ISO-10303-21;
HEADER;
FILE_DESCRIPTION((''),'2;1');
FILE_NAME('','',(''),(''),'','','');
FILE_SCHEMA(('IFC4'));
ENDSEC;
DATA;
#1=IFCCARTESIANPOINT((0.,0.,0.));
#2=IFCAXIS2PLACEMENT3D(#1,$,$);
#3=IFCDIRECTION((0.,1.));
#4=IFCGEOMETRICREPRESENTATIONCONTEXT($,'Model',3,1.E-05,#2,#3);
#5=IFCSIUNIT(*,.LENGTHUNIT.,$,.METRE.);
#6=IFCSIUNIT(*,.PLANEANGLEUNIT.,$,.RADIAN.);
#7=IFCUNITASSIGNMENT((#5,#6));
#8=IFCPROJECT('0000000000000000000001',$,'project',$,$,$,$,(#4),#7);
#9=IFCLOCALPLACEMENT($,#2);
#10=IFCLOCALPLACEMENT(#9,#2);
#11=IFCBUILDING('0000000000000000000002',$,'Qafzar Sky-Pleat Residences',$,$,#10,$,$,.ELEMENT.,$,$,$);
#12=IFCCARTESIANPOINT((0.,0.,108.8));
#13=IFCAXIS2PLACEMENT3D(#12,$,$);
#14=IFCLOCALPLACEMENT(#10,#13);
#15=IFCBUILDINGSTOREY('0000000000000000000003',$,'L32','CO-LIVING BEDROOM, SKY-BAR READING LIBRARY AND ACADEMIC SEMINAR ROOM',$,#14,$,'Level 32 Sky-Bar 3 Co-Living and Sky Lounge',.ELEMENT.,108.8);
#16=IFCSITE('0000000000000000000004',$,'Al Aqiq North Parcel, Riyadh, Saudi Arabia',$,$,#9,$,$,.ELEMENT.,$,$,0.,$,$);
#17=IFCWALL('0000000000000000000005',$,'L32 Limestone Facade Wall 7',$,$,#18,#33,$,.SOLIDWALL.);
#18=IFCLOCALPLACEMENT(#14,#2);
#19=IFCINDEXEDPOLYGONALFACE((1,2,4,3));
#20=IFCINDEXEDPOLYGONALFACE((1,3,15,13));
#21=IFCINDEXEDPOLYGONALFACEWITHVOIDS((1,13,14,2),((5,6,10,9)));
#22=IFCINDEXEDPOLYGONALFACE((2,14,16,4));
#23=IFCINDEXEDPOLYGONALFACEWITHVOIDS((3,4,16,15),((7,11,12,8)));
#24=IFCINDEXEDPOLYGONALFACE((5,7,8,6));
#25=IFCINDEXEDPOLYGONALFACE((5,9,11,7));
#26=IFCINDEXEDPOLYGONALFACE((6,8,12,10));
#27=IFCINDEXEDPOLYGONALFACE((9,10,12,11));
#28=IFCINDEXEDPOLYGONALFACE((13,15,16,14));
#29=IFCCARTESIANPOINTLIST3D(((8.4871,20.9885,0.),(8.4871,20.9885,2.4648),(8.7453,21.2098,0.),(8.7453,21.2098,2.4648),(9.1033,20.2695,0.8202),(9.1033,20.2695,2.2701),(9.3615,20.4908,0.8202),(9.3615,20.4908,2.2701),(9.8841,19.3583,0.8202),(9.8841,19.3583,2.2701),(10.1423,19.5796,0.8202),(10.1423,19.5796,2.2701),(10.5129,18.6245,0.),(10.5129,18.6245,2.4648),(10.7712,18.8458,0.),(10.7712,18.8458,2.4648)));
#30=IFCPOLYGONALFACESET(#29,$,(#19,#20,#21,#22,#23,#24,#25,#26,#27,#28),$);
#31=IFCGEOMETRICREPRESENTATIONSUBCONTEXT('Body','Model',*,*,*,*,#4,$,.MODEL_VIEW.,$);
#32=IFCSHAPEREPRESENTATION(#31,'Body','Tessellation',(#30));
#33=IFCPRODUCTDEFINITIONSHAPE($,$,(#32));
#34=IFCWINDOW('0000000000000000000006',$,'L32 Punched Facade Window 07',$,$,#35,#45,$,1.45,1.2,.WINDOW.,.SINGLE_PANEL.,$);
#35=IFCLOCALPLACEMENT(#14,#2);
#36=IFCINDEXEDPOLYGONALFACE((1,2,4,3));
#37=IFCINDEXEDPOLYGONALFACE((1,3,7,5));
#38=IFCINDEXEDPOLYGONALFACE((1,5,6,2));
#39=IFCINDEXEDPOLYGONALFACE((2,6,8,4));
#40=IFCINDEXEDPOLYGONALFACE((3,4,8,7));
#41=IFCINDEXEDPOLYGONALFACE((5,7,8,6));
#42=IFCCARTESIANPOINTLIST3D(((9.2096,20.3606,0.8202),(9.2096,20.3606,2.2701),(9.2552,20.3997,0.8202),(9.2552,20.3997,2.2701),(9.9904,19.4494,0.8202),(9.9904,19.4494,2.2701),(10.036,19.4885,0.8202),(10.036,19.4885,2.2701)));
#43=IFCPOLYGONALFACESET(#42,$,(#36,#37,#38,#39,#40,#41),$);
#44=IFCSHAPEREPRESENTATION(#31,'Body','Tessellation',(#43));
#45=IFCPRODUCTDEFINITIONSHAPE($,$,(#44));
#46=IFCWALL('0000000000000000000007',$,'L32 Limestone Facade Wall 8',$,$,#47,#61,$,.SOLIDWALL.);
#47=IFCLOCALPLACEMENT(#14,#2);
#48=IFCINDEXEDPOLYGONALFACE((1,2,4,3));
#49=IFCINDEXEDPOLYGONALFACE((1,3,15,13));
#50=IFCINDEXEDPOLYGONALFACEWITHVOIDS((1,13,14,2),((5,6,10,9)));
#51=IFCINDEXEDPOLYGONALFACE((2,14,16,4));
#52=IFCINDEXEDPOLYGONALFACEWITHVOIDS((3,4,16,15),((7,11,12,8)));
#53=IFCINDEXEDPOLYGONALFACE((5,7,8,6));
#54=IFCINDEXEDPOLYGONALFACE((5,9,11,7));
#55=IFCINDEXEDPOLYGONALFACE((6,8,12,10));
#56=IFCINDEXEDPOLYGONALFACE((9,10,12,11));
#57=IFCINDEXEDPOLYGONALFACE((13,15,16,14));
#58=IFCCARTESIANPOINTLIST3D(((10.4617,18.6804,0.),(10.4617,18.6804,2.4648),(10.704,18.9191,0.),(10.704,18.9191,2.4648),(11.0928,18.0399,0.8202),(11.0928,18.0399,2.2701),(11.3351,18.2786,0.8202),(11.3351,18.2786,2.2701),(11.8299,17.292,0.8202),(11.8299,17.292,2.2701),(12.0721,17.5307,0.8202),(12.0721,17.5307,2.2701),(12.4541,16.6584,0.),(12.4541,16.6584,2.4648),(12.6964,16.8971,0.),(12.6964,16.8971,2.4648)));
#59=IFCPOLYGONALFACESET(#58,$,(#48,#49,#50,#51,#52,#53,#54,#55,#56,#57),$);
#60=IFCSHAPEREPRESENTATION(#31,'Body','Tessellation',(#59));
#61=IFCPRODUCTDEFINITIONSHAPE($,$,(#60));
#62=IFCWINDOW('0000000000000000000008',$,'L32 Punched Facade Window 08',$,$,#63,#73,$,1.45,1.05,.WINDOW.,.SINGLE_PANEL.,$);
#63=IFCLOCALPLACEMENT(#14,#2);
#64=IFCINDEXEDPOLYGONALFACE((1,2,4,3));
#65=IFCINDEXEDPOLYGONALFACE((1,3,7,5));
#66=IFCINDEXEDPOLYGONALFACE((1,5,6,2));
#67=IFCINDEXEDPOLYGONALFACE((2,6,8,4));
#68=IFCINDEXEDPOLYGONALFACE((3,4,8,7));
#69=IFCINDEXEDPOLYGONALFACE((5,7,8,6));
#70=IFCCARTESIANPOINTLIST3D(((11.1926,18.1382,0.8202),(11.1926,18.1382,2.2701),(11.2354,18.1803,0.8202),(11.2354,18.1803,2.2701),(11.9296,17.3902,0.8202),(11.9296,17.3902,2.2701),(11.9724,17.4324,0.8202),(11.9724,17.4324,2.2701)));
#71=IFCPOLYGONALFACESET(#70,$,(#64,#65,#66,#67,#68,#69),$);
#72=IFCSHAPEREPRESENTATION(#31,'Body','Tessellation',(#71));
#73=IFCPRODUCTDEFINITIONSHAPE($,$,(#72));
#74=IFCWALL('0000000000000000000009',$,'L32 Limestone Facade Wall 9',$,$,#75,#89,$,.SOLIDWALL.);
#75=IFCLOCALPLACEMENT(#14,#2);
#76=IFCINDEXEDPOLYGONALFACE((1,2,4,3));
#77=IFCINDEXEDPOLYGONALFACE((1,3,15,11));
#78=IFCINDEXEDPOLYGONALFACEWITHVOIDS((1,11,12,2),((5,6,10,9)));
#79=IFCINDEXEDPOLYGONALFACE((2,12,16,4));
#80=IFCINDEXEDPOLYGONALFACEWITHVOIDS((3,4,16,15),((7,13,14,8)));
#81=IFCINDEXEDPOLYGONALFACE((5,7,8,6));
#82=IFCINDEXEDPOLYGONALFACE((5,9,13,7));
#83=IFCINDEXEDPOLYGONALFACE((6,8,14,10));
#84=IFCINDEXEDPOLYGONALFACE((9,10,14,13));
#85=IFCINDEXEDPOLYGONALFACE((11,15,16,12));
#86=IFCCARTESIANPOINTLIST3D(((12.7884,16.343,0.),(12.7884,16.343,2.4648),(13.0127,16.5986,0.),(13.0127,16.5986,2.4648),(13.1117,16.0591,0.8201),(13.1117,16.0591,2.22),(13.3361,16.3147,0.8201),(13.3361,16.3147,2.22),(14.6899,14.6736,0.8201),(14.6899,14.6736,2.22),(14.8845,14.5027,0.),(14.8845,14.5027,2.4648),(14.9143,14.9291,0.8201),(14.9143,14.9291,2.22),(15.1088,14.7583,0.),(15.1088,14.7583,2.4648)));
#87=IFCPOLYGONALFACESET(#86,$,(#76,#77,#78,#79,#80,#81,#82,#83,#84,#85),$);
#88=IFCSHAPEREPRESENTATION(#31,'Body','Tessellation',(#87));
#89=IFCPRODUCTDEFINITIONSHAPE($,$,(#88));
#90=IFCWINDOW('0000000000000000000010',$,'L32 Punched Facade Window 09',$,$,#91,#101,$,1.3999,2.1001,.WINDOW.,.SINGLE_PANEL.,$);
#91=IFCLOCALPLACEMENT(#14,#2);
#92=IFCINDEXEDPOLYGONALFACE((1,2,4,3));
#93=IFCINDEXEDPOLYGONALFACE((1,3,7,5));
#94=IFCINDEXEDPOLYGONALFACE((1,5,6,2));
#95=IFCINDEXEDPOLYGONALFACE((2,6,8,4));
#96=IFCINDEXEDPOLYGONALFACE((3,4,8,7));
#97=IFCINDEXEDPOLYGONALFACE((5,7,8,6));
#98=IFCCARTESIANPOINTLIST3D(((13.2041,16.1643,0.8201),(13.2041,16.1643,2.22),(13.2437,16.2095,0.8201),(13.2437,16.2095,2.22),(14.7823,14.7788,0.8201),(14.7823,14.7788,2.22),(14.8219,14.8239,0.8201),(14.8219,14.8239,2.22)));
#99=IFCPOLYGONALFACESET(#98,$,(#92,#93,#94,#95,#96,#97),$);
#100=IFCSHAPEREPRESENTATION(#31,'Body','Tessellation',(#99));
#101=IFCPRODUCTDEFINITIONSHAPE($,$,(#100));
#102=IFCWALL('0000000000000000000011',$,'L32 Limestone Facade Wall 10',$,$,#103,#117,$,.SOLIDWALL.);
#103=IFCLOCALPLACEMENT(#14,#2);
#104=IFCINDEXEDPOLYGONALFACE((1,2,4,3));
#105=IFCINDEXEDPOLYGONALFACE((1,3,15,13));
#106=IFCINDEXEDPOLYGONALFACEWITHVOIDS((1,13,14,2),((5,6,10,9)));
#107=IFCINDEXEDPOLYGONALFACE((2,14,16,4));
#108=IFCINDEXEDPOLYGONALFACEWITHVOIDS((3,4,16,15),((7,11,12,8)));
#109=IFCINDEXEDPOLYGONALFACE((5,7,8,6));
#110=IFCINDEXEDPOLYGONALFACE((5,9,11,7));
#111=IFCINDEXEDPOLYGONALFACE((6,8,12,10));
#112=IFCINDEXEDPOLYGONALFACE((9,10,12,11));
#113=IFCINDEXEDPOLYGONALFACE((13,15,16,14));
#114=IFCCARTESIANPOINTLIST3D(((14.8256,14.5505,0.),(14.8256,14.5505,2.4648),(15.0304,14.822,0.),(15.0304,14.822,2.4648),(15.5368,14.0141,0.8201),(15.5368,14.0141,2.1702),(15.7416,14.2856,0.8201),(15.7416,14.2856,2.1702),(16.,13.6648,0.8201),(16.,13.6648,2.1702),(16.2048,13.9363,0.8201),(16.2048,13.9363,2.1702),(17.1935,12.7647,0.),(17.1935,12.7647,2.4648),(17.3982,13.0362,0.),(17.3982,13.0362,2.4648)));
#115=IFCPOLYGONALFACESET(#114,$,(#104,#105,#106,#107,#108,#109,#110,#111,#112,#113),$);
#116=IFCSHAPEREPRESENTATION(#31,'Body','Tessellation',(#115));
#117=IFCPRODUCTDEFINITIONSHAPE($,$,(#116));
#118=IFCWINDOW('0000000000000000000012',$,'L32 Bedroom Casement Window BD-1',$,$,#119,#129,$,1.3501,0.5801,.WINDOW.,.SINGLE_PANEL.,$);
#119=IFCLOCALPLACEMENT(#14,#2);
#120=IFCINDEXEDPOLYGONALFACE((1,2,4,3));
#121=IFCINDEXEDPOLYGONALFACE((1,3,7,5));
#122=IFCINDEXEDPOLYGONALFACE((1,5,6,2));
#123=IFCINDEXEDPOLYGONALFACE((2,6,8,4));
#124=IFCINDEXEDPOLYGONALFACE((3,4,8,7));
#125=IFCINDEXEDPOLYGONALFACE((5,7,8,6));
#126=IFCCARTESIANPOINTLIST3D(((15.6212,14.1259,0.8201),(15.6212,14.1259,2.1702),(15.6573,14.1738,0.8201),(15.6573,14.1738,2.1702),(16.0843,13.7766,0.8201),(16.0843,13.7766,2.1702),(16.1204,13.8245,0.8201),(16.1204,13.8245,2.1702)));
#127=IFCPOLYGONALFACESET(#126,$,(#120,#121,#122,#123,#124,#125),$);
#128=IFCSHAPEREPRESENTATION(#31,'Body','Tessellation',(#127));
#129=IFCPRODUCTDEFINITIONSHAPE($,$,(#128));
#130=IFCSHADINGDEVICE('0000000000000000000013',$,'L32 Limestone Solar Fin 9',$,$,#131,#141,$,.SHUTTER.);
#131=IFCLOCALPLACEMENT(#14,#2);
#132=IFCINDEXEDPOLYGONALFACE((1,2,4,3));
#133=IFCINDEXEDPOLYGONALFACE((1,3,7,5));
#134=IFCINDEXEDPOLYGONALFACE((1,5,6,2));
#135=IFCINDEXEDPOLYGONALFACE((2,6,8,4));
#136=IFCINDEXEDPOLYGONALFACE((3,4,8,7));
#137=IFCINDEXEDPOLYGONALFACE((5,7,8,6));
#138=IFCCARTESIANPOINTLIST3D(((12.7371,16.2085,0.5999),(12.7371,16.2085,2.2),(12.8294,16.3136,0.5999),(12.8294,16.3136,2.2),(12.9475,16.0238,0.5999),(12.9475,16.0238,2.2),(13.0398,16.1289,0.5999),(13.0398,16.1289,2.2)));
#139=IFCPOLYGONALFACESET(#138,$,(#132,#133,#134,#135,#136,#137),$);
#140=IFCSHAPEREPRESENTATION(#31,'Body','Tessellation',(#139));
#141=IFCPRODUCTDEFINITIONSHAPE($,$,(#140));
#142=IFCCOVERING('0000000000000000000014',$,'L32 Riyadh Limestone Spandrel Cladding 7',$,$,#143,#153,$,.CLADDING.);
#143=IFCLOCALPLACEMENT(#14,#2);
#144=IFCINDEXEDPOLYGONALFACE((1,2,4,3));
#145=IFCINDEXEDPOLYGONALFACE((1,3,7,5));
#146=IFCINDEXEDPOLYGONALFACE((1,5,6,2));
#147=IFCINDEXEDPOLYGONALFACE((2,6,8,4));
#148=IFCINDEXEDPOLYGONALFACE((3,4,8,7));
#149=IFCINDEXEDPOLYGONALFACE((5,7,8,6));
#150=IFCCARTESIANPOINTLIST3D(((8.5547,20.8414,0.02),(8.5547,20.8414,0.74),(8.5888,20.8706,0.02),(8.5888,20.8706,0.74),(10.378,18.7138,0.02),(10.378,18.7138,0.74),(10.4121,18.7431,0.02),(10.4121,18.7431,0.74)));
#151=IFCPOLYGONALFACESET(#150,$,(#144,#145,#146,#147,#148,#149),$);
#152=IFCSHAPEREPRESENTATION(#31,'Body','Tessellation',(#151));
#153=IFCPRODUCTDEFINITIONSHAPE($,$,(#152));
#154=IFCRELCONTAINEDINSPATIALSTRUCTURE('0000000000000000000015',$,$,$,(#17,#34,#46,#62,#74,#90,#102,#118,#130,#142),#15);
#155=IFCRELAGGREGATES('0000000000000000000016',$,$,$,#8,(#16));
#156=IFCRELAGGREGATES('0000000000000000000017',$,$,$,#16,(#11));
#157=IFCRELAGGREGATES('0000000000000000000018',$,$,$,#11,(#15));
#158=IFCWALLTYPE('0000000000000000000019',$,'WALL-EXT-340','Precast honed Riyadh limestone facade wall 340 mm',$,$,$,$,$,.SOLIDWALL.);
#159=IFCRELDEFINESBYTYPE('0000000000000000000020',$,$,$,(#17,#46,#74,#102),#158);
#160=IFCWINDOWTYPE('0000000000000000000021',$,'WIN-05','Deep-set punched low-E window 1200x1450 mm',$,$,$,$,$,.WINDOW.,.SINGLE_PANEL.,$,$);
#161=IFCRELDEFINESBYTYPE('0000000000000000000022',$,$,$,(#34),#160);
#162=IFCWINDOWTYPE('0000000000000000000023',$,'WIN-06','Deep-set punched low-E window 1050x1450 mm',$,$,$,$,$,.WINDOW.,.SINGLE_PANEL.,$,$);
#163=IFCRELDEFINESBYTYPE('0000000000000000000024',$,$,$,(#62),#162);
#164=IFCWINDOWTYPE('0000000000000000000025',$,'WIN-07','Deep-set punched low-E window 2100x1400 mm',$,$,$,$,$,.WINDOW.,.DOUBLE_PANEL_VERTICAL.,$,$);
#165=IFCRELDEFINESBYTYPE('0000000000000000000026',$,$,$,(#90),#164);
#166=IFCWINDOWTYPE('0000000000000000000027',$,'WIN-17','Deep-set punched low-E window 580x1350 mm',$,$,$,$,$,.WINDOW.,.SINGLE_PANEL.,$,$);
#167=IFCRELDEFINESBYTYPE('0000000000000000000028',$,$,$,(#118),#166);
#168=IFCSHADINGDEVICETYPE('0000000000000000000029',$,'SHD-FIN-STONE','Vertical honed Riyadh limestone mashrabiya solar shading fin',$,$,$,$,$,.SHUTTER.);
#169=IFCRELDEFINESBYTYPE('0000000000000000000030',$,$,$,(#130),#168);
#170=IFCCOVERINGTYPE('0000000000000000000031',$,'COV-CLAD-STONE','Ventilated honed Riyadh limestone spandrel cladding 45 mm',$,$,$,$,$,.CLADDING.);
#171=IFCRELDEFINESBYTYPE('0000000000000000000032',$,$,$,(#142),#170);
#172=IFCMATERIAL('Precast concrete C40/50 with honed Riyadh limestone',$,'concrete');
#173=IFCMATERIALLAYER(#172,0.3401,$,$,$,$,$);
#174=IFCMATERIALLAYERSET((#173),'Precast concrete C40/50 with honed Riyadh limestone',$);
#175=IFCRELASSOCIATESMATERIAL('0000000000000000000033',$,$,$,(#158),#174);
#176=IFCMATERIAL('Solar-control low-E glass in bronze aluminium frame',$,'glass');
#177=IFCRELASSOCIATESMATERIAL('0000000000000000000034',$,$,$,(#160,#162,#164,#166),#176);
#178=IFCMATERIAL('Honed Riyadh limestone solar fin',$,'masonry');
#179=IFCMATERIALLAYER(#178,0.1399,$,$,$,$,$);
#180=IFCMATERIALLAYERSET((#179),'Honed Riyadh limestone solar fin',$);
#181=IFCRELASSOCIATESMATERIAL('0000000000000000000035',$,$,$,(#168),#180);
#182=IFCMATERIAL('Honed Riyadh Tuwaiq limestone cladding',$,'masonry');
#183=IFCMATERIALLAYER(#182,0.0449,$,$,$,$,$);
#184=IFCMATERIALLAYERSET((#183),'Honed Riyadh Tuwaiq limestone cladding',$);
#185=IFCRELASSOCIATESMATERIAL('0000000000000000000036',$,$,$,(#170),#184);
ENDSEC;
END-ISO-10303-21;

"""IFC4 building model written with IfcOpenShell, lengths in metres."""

from ifc_helpers import new_model, si_unit, direction, frame, frame_2d, origin, origin_2d, place, context, subcontext, project, spatial, rectangle, extrude, source, transform, mapped, material, layer, layer_set, type_object, element, fill, save


model = new_model("IFC4")

# Units and contexts
model_context = context("Model", 3, precision=1e-05, world=origin(), true_north=direction((0.0, 1.0)))
body_context = subcontext(model_context, "Body", "Model", "MODEL_VIEW")
ifc_project = project(units=[si_unit("LENGTHUNIT", "METRE"), si_unit("PLANEANGLEUNIT", "RADIAN")], contexts=[model_context])

# Site, building, storey
site_placement = place(None, origin())
site = spatial("IfcSite", under=ifc_project, at=site_placement, Name="Al Aqiq North Parcel, Riyadh, Saudi Arabia", CompositionType="ELEMENT", RefElevation=0.0)
building_placement = place(site_placement, origin())
building = spatial("IfcBuilding", under=site, at=building_placement, Name="Qafzar Sky-Pleat Residences", CompositionType="ELEMENT")
storey_placement = place(building_placement, frame((0.0, 0.0, 108.8)))
storey = spatial("IfcBuildingStorey", under=building, at=storey_placement, Name="L32", Description="CO-LIVING BEDROOM, SKY-BAR READING LIBRARY AND ACADEMIC SEMINAR ROOM", LongName="Level 32 Sky-Bar 3 Co-Living and Sky Lounge", CompositionType="ELEMENT", Elevation=108.8)

# Shared definitions
ifc_material_1 = material(Name="Precast concrete C40/50 with honed Riyadh limestone", Category="concrete")

# Walls, openings, windows
ifc_layer_1 = layer(ifc_material_1, 0.3401)
ifc_layer_set_1 = layer_set([ifc_layer_1], Name="Precast concrete C40/50 with honed Riyadh limestone")
wall_type_1 = type_object("IfcWallType", Name="WALL-EXT-340", Description="Precast honed Riyadh limestone facade wall 340 mm", PredefinedType="SOLIDWALL", material=ifc_layer_set_1)
wall_1_placement = place(storey_placement, frame((8.6162, 21.0991, 0.0), z_axis=(0.0, 0.0, 1.0), x_axis=(0.650714, -0.759323, 0.0)))
wall_1 = element("IfcWall", 1, at=wall_1_placement, inside=storey, type_object=wall_type_1, Name="L32 Limestone Facade Wall 7", PredefinedType="SOLIDWALL", context=body_context, shape_type="SweptSolid", body=[
    extrude(rectangle(XDim=3.1133, YDim=0.3401, at=frame_2d((1.5566, 0.0))), origin(), (0.0, 0.0, 1.0), 2.4648),
])
opening_1_placement = place(wall_1_placement, frame((0.9468, 0.0, 0.8201)))
opening_1 = element("IfcOpeningElement", 2, at=opening_1_placement, cuts=wall_1, PredefinedType="OPENING", context=body_context, shape_type="SweptSolid", body=[
    extrude(rectangle(XDim=1.2, YDim=1.45, at=frame_2d((0.6001, 0.7251))), frame((0.0, 0.1802, 0.0), z_axis=(0.0, -1.0, 0.0), x_axis=(1.0, 0.0, 0.0)), (0.0, 0.0, 1.0), 0.3601),
])
ifc_material_2 = material(Name="Solar-control low-E glass in bronze aluminium frame", Category="glass")
window_type_1 = type_object("IfcWindowType", Name="WIN-05", Description="Deep-set punched low-E window 1200x1450 mm", PartitioningType="SINGLE_PANEL", PredefinedType="WINDOW", material=ifc_material_2)
shared_shape_1 = source(origin(), body_context, "Body", "SweptSolid", [
    extrude(rectangle(XDim=1.2, YDim=1.45, at=frame_2d((0.6001, 0.7251))), frame((0.0, 0.03, 0.0), z_axis=(0.0, -1.0, 0.0), x_axis=(1.0, 0.0, 0.0)), (0.0, 0.0, 1.0), 0.0601),
])
window_1_placement = place(opening_1_placement, origin())
window_1 = element("IfcWindow", 3, at=window_1_placement, inside=storey, type_object=window_type_1, Name="L32 Punched Facade Window 07", OverallHeight=1.45, OverallWidth=1.2, PartitioningType="SINGLE_PANEL", PredefinedType="WINDOW", context=body_context, shape_type="MappedRepresentation", body=[
    mapped(shared_shape_1, transform((0.0, 0.0, 0.0), x_axis=(1.0, 0.0, 0.0), y_axis=(0.0, 1.0, 0.0), z_axis=(0.0, 0.0, 1.0), scale=1.0)),
])
fill(opening_1, window_1)
wall_2_placement = place(storey_placement, frame((10.5828, 18.7998, 0.0), z_axis=(0.0, 0.0, 1.0), x_axis=(0.701884, -0.712291, 0.0)))
wall_2 = element("IfcWall", 4, at=wall_2_placement, inside=storey, type_object=wall_type_1, Name="L32 Limestone Facade Wall 8", PredefinedType="SOLIDWALL", context=body_context, shape_type="SweptSolid", body=[
    extrude(rectangle(XDim=2.8386, YDim=0.3401, at=frame_2d((1.4194, 0.0))), origin(), (0.0, 0.0, 1.0), 2.4648),
])
opening_2_placement = place(wall_2_placement, frame((0.8994, 0.0, 0.8201)))
opening_2 = element("IfcOpeningElement", 5, at=opening_2_placement, cuts=wall_2, PredefinedType="OPENING", context=body_context, shape_type="SweptSolid", body=[
    extrude(rectangle(XDim=1.05, YDim=1.45, at=frame_2d((0.5249, 0.7251))), frame((0.0, 0.1802, 0.0), z_axis=(0.0, -1.0, 0.0), x_axis=(1.0, 0.0, 0.0)), (0.0, 0.0, 1.0), 0.3601),
])
window_type_2 = type_object("IfcWindowType", Name="WIN-06", Description="Deep-set punched low-E window 1050x1450 mm", PartitioningType="SINGLE_PANEL", PredefinedType="WINDOW", material=ifc_material_2)
shared_shape_2 = source(origin(), body_context, "Body", "SweptSolid", [
    extrude(rectangle(XDim=1.05, YDim=1.45, at=frame_2d((0.5249, 0.7251))), frame((0.0, 0.03, 0.0), z_axis=(0.0, -1.0, 0.0), x_axis=(1.0, 0.0, 0.0)), (0.0, 0.0, 1.0), 0.0601),
])
window_2_placement = place(opening_2_placement, origin())
window_2 = element("IfcWindow", 6, at=window_2_placement, inside=storey, type_object=window_type_2, Name="L32 Punched Facade Window 08", OverallHeight=1.45, OverallWidth=1.05, PartitioningType="SINGLE_PANEL", PredefinedType="WINDOW", context=body_context, shape_type="MappedRepresentation", body=[
    mapped(shared_shape_2, transform((0.0, 0.0, 0.0), x_axis=(1.0, 0.0, 0.0), y_axis=(0.0, 1.0, 0.0), z_axis=(0.0, 0.0, 1.0), scale=1.0)),
])
fill(opening_2, window_2)
wall_3_placement = place(storey_placement, frame((12.9006, 16.4707, 0.0), z_axis=(0.0, 0.0, 1.0), x_axis=(0.75148, -0.659755, 0.0)))
wall_3 = element("IfcWall", 7, at=wall_3_placement, inside=storey, type_object=wall_type_1, Name="L32 Limestone Facade Wall 9", PredefinedType="SOLIDWALL", context=body_context, shape_type="SweptSolid", body=[
    extrude(rectangle(XDim=2.7893, YDim=0.3401, at=frame_2d((1.3945, 0.0))), origin(), (0.0, 0.0, 1.0), 2.4648),
])
opening_3_placement = place(wall_3_placement, frame((0.4302, 0.0, 0.8201)))
opening_3 = element("IfcOpeningElement", 8, at=opening_3_placement, cuts=wall_3, PredefinedType="OPENING", context=body_context, shape_type="SweptSolid", body=[
    extrude(rectangle(XDim=2.1001, YDim=1.3999, at=frame_2d((1.05, 0.7))), frame((0.0, 0.1802, 0.0), z_axis=(0.0, -1.0, 0.0), x_axis=(1.0, 0.0, 0.0)), (0.0, 0.0, 1.0), 0.3601),
])
window_type_3 = type_object("IfcWindowType", Name="WIN-07", Description="Deep-set punched low-E window 2100x1400 mm", PartitioningType="DOUBLE_PANEL_VERTICAL", PredefinedType="WINDOW", material=ifc_material_2)
shared_shape_3 = source(origin(), body_context, "Body", "SweptSolid", [
    extrude(rectangle(XDim=2.1001, YDim=1.3999, at=frame_2d((1.05, 0.7))), frame((0.0, 0.03, 0.0), z_axis=(0.0, -1.0, 0.0), x_axis=(1.0, 0.0, 0.0)), (0.0, 0.0, 1.0), 0.0601),
])
window_3_placement = place(opening_3_placement, origin())
window_3 = element("IfcWindow", 9, at=window_3_placement, inside=storey, type_object=window_type_3, Name="L32 Punched Facade Window 09", OverallHeight=1.3999, OverallWidth=2.1001, PartitioningType="SINGLE_PANEL", PredefinedType="WINDOW", context=body_context, shape_type="MappedRepresentation", body=[
    mapped(shared_shape_3, transform((0.0, 0.0, 0.0), x_axis=(1.0, 0.0, 0.0), y_axis=(0.0, 1.0, 0.0), z_axis=(0.0, 0.0, 1.0), scale=1.0)),
])
fill(opening_3, window_3)
wall_4_placement = place(storey_placement, frame((14.928, 14.6863, 0.0), z_axis=(0.0, 0.0, 1.0), x_axis=(0.798387, -0.602145, 0.0)))
wall_4 = element("IfcWall", 10, at=wall_4_placement, inside=storey, type_object=wall_type_1, Name="L32 Limestone Facade Wall 10", PredefinedType="SOLIDWALL", context=body_context, shape_type="SweptSolid", body=[
    extrude(rectangle(XDim=2.9658, YDim=0.3401, at=frame_2d((1.4829, 0.0))), origin(), (0.0, 0.0, 1.0), 2.4648),
])
opening_4_placement = place(wall_4_placement, frame((0.8909, 0.0, 0.8201)))
opening_4 = element("IfcOpeningElement", 11, at=opening_4_placement, cuts=wall_4, PredefinedType="OPENING", context=body_context, shape_type="SweptSolid", body=[
    extrude(rectangle(XDim=0.5801, YDim=1.3501, at=frame_2d((0.29, 0.675))), frame((0.0, 0.1802, 0.0), z_axis=(0.0, -1.0, 0.0), x_axis=(1.0, 0.0, 0.0)), (0.0, 0.0, 1.0), 0.3601),
])
window_type_4 = type_object("IfcWindowType", Name="WIN-17", Description="Deep-set punched low-E window 580x1350 mm", PartitioningType="SINGLE_PANEL", PredefinedType="WINDOW", material=ifc_material_2)
shared_shape_4 = source(origin(), body_context, "Body", "SweptSolid", [
    extrude(rectangle(XDim=0.5801, YDim=1.3501, at=frame_2d((0.29, 0.675))), frame((0.0, 0.03, 0.0), z_axis=(0.0, -1.0, 0.0), x_axis=(1.0, 0.0, 0.0)), (0.0, 0.0, 1.0), 0.0601),
])
window_4_placement = place(opening_4_placement, origin())
window_4 = element("IfcWindow", 12, at=window_4_placement, inside=storey, type_object=window_type_4, Name="L32 Bedroom Casement Window BD-1", OverallHeight=1.3501, OverallWidth=0.5801, PartitioningType="SINGLE_PANEL", PredefinedType="WINDOW", context=body_context, shape_type="MappedRepresentation", body=[
    mapped(shared_shape_4, transform((0.0, 0.0, 0.0), x_axis=(1.0, 0.0, 0.0), y_axis=(0.0, 1.0, 0.0), z_axis=(0.0, 0.0, 1.0), scale=1.0)),
])
fill(opening_4, window_4)

# Shading device
ifc_material_3 = material(Name="Honed Riyadh limestone solar fin", Category="masonry")
ifc_layer_2 = layer(ifc_material_3, 0.1399)
ifc_layer_set_2 = layer_set([ifc_layer_2], Name="Honed Riyadh limestone solar fin")
shading_device_type = type_object("IfcShadingDeviceType", Name="SHD-FIN-STONE", Description="Vertical honed Riyadh limestone mashrabiya solar shading fin", PredefinedType="SHUTTER", material=ifc_layer_set_2)
shared_shape_5 = source(origin(), body_context, "Body", "SweptSolid", [
    extrude(rectangle(XDim=0.1399, YDim=0.28, at=origin_2d()), origin(), (0.0, 0.0, 1.0), 1.6001),
])
shading_device_placement = place(storey_placement, frame((12.8884, 16.1687, 0.5999), z_axis=(0.0, 0.0, 1.0), x_axis=(-0.659767, -0.75147, 0.0)))
element("IfcShadingDevice", 13, at=shading_device_placement, inside=storey, type_object=shading_device_type, Name="L32 Limestone Solar Fin 9", PredefinedType="SHUTTER", context=body_context, shape_type="MappedRepresentation", body=[
    mapped(shared_shape_5, transform((0.0, 0.0, 0.0), x_axis=(1.0, 0.0, 0.0), y_axis=(0.0, 1.0, 0.0), z_axis=(0.0, 0.0, 1.0), scale=1.0)),
])

# Covering
ifc_material_4 = material(Name="Honed Riyadh Tuwaiq limestone cladding", Category="masonry")
ifc_layer_3 = layer(ifc_material_4, 0.0449)
ifc_layer_set_3 = layer_set([ifc_layer_3], Name="Honed Riyadh Tuwaiq limestone cladding")
covering_type = type_object("IfcCoveringType", Name="COV-CLAD-STONE", Description="Ventilated honed Riyadh limestone spandrel cladding 45 mm", PredefinedType="CLADDING", material=ifc_layer_set_3)
shared_shape_6 = source(origin(), body_context, "Body", "SweptSolid", [
    extrude(rectangle(XDim=2.802, YDim=0.0449, at=origin_2d()), origin(), (0.0, 0.0, 1.0), 0.72),
])
covering_1_placement = place(storey_placement, frame((9.4834, 19.7922, 0.02), z_axis=(0.0, 0.0, 1.0), x_axis=(0.650738, -0.759302, 0.0)))
element("IfcCovering", 14, at=covering_1_placement, inside=storey, type_object=covering_type, Name="L32 Riyadh Limestone Spandrel Cladding 7", PredefinedType="CLADDING", context=body_context, shape_type="MappedRepresentation", body=[
    mapped(shared_shape_6, transform((0.0, 0.0, 0.0), x_axis=(1.0, 0.0, 0.0), y_axis=(0.0, 1.0, 0.0), z_axis=(0.0, 0.0, 1.0), scale=1.0)),
])

save(model, "model.ifc")
